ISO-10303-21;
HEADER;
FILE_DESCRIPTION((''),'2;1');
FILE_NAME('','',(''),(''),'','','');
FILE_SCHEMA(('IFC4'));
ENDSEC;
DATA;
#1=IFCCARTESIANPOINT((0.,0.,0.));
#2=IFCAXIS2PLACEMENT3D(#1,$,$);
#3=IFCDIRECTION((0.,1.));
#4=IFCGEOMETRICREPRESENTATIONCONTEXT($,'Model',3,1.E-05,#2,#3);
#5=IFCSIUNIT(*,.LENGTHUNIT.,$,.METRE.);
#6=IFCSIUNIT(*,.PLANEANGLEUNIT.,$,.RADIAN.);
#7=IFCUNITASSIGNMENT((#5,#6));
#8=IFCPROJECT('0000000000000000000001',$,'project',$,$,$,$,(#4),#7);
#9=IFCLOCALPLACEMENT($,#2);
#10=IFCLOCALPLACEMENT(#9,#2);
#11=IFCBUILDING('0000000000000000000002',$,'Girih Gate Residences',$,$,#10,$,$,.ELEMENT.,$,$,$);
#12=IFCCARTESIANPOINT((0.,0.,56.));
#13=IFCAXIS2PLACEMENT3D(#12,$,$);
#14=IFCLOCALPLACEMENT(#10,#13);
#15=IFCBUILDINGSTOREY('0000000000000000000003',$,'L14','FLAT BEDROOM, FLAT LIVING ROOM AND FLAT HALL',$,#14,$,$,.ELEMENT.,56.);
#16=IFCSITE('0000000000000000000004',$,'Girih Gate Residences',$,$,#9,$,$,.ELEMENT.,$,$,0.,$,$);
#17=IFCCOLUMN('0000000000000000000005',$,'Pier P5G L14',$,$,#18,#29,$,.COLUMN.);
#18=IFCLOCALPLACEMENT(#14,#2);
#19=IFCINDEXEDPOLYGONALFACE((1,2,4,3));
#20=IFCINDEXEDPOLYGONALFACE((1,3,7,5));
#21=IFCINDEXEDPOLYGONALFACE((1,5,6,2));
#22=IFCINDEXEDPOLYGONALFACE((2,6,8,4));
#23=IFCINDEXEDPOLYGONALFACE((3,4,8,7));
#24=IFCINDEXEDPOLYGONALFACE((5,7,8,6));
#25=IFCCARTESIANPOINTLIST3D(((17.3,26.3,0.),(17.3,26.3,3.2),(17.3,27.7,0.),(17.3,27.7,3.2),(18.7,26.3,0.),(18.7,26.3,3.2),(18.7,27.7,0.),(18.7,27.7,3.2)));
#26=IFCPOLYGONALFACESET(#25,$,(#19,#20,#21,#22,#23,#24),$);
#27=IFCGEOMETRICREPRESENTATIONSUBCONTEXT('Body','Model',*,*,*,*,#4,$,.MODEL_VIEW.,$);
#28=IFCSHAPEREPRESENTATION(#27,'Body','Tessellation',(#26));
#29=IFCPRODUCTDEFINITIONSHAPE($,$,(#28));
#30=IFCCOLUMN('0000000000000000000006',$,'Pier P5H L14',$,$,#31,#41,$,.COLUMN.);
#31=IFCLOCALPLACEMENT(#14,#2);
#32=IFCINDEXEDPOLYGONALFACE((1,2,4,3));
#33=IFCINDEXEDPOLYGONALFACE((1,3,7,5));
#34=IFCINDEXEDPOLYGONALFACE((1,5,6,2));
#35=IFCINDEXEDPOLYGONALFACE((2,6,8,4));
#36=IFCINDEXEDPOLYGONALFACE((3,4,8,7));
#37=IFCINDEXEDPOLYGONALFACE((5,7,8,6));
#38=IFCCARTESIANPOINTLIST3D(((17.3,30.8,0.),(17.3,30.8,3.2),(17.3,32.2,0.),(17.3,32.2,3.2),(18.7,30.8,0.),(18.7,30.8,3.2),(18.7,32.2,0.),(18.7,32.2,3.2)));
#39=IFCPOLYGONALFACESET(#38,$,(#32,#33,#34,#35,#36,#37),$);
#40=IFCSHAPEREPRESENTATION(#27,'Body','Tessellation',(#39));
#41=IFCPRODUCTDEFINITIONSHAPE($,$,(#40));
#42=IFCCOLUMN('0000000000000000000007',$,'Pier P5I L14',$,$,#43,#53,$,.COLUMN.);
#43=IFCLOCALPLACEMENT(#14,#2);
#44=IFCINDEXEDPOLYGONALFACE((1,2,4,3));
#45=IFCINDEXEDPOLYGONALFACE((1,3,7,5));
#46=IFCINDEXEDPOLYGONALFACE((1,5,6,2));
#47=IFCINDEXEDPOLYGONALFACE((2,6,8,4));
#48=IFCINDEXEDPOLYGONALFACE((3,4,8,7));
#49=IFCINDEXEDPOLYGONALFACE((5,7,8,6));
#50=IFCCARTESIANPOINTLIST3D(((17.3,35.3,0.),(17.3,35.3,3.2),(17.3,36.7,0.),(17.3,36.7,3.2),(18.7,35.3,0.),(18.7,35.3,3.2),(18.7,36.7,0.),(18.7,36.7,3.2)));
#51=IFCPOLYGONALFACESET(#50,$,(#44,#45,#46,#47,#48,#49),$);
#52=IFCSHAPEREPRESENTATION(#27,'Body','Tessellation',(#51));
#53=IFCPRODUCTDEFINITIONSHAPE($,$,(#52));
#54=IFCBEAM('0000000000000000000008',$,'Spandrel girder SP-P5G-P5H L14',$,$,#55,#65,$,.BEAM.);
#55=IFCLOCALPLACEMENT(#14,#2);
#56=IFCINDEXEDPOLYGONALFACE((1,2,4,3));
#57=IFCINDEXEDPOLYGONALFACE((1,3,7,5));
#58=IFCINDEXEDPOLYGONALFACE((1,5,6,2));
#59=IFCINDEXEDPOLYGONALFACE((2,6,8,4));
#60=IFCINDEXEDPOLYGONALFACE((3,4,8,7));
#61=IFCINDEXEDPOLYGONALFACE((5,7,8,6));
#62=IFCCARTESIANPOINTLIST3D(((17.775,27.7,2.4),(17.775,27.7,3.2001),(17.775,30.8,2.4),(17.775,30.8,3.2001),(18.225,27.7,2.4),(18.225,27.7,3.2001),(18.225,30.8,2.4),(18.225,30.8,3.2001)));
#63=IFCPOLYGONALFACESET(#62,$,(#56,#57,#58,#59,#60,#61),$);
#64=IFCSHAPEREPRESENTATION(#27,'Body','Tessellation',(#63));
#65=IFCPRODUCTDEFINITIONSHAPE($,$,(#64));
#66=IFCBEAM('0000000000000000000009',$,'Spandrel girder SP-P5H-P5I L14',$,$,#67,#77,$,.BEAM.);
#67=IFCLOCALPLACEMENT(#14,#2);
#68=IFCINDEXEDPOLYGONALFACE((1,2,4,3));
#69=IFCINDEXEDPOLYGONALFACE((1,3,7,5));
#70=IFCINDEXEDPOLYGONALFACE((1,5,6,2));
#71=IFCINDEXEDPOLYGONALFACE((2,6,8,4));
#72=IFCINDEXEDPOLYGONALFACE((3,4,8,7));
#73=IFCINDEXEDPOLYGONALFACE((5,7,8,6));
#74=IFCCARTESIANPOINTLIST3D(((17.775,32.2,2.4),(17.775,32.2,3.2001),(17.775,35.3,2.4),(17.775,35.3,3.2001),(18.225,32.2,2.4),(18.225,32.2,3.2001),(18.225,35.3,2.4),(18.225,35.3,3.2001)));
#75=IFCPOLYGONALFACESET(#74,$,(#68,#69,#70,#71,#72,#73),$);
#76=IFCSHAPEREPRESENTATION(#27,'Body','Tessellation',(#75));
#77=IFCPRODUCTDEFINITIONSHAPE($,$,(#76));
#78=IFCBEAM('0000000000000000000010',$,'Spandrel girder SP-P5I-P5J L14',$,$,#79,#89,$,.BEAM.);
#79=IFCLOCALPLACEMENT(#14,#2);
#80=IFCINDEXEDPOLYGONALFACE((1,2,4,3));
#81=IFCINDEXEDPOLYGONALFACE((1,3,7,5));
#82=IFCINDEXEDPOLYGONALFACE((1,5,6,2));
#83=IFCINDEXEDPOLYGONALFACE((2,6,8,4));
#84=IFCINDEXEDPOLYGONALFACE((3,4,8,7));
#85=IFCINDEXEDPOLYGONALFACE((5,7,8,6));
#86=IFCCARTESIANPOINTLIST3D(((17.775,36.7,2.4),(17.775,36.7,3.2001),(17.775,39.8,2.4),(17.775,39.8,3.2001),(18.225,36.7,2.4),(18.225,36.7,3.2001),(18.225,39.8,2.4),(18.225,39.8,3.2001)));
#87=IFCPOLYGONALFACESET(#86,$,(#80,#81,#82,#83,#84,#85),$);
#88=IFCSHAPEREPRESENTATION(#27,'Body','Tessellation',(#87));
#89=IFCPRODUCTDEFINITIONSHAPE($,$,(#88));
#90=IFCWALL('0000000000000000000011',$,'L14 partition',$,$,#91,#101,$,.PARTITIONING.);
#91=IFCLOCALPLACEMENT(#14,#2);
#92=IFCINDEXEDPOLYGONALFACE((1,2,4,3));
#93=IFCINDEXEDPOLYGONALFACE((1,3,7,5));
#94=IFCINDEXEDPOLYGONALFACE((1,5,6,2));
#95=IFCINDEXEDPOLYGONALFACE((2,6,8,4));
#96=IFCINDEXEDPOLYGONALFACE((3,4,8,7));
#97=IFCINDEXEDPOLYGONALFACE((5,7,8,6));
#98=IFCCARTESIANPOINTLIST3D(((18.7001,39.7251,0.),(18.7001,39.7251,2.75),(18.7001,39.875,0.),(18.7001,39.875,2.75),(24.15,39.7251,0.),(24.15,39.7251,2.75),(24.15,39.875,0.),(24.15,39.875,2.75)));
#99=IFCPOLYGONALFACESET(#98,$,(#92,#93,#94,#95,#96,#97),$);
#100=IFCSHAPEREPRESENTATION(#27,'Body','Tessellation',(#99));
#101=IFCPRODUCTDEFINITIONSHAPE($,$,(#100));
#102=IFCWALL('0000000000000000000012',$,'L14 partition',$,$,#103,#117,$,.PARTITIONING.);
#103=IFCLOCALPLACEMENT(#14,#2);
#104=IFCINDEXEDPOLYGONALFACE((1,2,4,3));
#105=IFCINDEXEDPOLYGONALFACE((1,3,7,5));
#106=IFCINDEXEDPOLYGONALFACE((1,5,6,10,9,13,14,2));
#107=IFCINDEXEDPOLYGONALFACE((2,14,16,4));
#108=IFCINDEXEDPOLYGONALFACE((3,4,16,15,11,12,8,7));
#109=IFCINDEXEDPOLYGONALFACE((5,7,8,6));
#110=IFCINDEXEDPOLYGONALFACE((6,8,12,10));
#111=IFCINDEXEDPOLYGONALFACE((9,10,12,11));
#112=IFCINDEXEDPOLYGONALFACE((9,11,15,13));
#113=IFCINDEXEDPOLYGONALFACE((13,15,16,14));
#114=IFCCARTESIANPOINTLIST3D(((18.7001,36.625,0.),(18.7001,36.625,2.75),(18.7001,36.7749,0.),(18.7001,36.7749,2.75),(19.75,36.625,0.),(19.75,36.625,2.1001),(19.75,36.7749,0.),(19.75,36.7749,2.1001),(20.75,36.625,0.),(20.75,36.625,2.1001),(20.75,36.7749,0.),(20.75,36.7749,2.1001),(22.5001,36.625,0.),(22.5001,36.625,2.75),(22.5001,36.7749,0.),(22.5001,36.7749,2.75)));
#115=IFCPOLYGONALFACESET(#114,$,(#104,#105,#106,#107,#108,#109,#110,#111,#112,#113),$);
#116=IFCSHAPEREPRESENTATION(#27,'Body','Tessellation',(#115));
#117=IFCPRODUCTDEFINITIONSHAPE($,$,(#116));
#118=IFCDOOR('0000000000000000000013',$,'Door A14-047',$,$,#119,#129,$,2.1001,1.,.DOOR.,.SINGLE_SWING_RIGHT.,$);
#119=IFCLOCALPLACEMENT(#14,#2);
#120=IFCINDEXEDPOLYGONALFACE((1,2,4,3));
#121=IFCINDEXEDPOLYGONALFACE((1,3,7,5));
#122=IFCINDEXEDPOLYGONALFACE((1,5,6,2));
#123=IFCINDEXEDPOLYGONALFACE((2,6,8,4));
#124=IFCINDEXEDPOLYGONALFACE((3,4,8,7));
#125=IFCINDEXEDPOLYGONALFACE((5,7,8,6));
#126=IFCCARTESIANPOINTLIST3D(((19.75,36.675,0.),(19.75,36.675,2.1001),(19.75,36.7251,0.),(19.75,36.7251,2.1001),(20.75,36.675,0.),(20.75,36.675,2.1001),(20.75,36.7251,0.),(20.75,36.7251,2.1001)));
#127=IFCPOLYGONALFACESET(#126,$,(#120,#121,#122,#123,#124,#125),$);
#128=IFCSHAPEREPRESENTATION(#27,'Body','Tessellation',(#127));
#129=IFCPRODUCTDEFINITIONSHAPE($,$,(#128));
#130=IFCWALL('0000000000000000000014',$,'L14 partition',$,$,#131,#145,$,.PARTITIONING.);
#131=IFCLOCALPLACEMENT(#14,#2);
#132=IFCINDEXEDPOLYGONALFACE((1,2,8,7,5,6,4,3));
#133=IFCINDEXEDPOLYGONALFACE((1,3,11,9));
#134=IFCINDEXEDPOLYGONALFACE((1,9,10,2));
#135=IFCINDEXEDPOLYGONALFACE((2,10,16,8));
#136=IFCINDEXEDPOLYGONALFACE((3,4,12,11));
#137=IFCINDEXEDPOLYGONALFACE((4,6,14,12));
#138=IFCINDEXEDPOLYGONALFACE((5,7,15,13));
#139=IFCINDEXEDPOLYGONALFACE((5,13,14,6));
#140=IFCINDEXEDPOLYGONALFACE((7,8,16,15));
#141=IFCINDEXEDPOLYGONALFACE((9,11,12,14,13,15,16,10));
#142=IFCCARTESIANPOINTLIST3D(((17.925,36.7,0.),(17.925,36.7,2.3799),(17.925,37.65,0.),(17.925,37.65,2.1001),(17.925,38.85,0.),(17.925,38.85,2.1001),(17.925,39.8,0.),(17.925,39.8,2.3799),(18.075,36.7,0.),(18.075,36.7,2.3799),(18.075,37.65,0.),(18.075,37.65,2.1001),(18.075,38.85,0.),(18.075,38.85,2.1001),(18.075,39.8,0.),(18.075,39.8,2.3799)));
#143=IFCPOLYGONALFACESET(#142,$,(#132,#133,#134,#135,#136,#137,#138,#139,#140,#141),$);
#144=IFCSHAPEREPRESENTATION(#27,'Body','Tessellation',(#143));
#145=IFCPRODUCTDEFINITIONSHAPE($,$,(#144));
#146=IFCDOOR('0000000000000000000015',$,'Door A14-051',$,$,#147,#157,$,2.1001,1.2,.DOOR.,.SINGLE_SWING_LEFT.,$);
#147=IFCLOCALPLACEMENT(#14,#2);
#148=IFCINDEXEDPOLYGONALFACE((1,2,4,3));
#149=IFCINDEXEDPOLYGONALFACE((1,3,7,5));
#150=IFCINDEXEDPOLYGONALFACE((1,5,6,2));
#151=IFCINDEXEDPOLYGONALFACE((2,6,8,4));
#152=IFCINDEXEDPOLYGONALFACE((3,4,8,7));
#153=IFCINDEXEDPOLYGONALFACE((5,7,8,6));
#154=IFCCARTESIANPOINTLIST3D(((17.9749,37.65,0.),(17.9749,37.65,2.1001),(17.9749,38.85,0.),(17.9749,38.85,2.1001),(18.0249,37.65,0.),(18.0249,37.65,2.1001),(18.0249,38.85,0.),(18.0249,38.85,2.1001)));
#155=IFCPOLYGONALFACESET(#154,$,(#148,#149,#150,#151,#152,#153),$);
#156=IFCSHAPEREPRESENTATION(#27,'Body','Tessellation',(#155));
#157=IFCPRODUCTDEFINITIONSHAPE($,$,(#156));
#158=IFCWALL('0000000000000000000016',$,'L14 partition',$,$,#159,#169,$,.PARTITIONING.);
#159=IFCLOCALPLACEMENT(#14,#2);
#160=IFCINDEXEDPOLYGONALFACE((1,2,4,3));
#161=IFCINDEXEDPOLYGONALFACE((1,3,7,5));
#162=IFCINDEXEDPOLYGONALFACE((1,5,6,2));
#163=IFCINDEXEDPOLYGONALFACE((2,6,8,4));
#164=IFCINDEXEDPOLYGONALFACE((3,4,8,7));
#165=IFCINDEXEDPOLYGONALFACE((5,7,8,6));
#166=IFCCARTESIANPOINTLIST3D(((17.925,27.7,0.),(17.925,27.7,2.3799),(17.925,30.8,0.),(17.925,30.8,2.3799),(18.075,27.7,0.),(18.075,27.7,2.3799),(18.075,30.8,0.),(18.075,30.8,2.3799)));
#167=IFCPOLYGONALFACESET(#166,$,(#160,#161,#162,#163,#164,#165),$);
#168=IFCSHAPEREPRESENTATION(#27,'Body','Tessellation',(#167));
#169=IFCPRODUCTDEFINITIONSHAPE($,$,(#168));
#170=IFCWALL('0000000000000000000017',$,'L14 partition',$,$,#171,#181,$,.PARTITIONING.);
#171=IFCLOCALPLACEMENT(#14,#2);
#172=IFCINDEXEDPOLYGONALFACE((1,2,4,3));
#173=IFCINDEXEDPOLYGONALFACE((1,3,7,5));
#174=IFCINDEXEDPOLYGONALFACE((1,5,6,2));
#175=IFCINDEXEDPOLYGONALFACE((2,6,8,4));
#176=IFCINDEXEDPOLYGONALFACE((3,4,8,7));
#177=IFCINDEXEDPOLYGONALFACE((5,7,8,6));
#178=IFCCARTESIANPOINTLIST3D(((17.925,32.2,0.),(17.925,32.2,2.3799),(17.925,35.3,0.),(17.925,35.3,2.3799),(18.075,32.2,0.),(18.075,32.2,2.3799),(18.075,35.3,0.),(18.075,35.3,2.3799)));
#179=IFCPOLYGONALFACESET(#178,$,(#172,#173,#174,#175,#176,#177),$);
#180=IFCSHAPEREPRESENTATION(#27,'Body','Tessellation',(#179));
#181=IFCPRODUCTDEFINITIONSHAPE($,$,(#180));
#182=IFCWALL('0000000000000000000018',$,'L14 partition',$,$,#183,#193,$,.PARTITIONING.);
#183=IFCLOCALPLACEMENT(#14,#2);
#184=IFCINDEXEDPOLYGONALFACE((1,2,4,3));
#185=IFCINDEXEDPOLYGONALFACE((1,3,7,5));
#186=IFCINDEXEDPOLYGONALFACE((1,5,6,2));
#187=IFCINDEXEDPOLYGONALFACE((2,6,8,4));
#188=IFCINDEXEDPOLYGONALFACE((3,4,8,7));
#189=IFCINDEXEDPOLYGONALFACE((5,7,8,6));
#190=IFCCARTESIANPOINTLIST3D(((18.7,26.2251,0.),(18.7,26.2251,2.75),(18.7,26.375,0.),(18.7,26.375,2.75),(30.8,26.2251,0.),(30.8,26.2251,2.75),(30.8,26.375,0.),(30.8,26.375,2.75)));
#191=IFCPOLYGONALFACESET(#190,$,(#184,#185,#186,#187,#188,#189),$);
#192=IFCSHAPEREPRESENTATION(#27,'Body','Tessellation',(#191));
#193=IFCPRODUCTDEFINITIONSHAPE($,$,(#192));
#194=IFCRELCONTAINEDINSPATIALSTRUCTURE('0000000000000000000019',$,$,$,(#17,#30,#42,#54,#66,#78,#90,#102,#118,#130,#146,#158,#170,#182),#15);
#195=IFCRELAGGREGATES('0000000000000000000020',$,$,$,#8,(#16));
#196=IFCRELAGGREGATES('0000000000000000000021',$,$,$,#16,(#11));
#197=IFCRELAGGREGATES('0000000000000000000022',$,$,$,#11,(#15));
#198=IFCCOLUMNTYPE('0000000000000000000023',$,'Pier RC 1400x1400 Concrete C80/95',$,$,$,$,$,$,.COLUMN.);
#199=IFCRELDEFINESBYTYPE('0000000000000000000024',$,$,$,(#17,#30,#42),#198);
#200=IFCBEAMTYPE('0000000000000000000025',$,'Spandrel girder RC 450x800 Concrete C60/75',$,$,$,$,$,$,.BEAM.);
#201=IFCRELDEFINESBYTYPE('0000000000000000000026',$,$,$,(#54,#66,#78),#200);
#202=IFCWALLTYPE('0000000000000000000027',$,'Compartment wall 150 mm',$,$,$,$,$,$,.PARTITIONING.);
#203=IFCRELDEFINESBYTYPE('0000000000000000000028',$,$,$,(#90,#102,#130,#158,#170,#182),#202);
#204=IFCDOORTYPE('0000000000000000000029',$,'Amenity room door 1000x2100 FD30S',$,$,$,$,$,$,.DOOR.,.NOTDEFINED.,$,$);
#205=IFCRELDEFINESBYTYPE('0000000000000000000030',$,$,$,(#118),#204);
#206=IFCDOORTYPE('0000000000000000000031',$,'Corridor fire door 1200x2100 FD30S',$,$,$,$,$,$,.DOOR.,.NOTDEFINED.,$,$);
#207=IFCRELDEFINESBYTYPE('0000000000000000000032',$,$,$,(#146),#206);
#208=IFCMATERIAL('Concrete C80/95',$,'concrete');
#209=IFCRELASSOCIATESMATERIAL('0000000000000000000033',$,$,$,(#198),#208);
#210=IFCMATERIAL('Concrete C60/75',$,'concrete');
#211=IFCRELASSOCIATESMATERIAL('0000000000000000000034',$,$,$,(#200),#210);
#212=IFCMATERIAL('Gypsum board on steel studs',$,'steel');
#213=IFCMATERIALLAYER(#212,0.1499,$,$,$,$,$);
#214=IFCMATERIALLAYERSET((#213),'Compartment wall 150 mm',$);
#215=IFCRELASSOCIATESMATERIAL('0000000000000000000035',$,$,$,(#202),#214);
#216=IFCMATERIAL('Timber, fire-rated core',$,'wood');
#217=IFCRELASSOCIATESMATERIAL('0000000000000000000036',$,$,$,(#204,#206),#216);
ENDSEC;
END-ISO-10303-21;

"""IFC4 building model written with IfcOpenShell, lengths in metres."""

from ifc_helpers import new_model, si_unit, direction, frame, frame_2d, origin, origin_2d, place, context, subcontext, project, spatial, rectangle, extrude, material, layer, layer_set, material_profile, profile_set, type_object, element, fill, save


model = new_model("IFC4")

# Units and contexts
model_context = context("Model", 3, precision=1e-05, world=origin(), true_north=direction((0.0, 1.0)))
body_context = subcontext(model_context, "Body", "Model", "MODEL_VIEW")
ifc_project = project(units=[si_unit("LENGTHUNIT", "METRE"), si_unit("PLANEANGLEUNIT", "RADIAN")], contexts=[model_context])

# Site, building, storey
site_placement = place(None, origin())
site = spatial("IfcSite", under=ifc_project, at=site_placement, Name="Girih Gate Residences", CompositionType="ELEMENT", RefElevation=0.0)
building_placement = place(site_placement, origin())
building = spatial("IfcBuilding", under=site, at=building_placement, Name="Girih Gate Residences", CompositionType="ELEMENT")
storey_placement = place(building_placement, frame((0.0, 0.0, 56.0)))
storey = spatial("IfcBuildingStorey", under=building, at=storey_placement, Name="L14", Description="FLAT BEDROOM, FLAT LIVING ROOM AND FLAT HALL", CompositionType="ELEMENT", Elevation=56.0)

# Columns
ifc_material_1 = material(Name="Concrete C80/95", Category="concrete")
ifc_material_profile_1 = material_profile(ifc_material_1, rectangle(XDim=1.3999, YDim=1.3999, at=origin_2d()))
ifc_profile_set_1 = profile_set([ifc_material_profile_1], Name="Concrete C80/95")
column_type = type_object("IfcColumnType", Name="Pier RC 1400x1400 Concrete C80/95", PredefinedType="COLUMN", material=ifc_profile_set_1)
for number, where, z_axis, x_axis, name in (
    (1, (18.0, 27.0, 0.0), (0.0, 0.0, 1.0), (1.0, 0.0, 0.0), "Pier P5G L14"),
    (2, (18.0, 31.5, 0.0), (0.0, 0.0, 1.0), (1.0, 0.0, 0.0), "Pier P5H L14"),
    (3, (18.0, 36.0, 0.0), (0.0, 0.0, 1.0), (1.0, 0.0, 0.0), "Pier P5I L14"),
):
    element("IfcColumn", number, at=place(storey_placement, frame(where, z_axis=z_axis, x_axis=x_axis)), inside=storey, type_object=column_type, Name=name, PredefinedType="COLUMN", context=body_context, shape_type="SweptSolid", body=[
        extrude(rectangle(XDim=1.3999, YDim=1.3999, at=origin_2d()), origin(), (0.0, 0.0, 1.0), 3.2),
    ])

# Beams
ifc_material_2 = material(Name="Concrete C60/75", Category="concrete")
ifc_material_profile_2 = material_profile(ifc_material_2, rectangle(XDim=0.45, YDim=0.8, at=origin_2d()))
ifc_profile_set_2 = profile_set([ifc_material_profile_2], Name="Concrete C60/75")
beam_type = type_object("IfcBeamType", Name="Spandrel girder RC 450x800 Concrete C60/75", PredefinedType="BEAM", material=ifc_profile_set_2)
for number, where, z_axis, x_axis, name in (
    (4, (18.0, 27.7, 2.8), (0.0, 1.0, 0.0), (-1.0, 0.0, 0.0), "Spandrel girder SP-P5G-P5H L14"),
    (5, (18.0, 32.2, 2.8), (0.0, 1.0, 0.0), (-1.0, 0.0, 0.0), "Spandrel girder SP-P5H-P5I L14"),
    (6, (18.0, 36.7, 2.8), (0.0, 1.0, 0.0), (-1.0, 0.0, 0.0), "Spandrel girder SP-P5I-P5J L14"),
):
    element("IfcBeam", number, at=place(storey_placement, frame(where, z_axis=z_axis, x_axis=x_axis)), inside=storey, type_object=beam_type, Name=name, PredefinedType="BEAM", context=body_context, shape_type="SweptSolid", body=[
        extrude(rectangle(XDim=0.45, YDim=0.8, at=origin_2d()), origin(), (0.0, 0.0, 1.0), 3.1001),
    ])

# Wall
ifc_material_3 = material(Name="Gypsum board on steel studs", Category="steel")
ifc_layer_1 = layer(ifc_material_3, 0.1499)
ifc_layer_set_1 = layer_set([ifc_layer_1], Name="Compartment wall 150 mm")
wall_type_1 = type_object("IfcWallType", Name="Compartment wall 150 mm", PredefinedType="PARTITIONING", material=ifc_layer_set_1)
wall_1_placement = place(storey_placement, frame((18.7, 39.8, 0.0), z_axis=(0.0, 0.0, 1.0), x_axis=(1.0, 0.0, 0.0)))
element("IfcWall", 7, at=wall_1_placement, inside=storey, type_object=wall_type_1, Name="L14 partition", PredefinedType="PARTITIONING", context=body_context, shape_type="SweptSolid", body=[
    extrude(rectangle(XDim=5.45, YDim=0.1499, at=frame_2d((2.7251, 0.0))), origin(), (0.0, 0.0, 1.0), 2.75),
])

# Walls, openings, doors
wall_2_placement = place(storey_placement, frame((22.5, 36.7, 0.0), z_axis=(0.0, 0.0, 1.0), x_axis=(-1.0, 0.0, 0.0)))
wall_2 = element("IfcWall", 8, at=wall_2_placement, inside=storey, type_object=wall_type_1, Name="L14 partition", PredefinedType="PARTITIONING", context=body_context, shape_type="SweptSolid", body=[
    extrude(rectangle(XDim=3.8, YDim=0.1499, at=frame_2d((1.8999, 0.0))), origin(), (0.0, 0.0, 1.0), 2.75),
])
opening_1_placement = place(wall_2_placement, frame((1.75, 0.0, 0.0)))
opening_1 = element("IfcOpeningElement", 9, at=opening_1_placement, cuts=wall_2, PredefinedType="OPENING", context=body_context, shape_type="SweptSolid", body=[
    extrude(rectangle(XDim=1.0, YDim=2.1001, at=frame_2d((0.5, 1.05))), frame((0.0, 0.085, 0.0), z_axis=(0.0, -1.0, 0.0), x_axis=(1.0, 0.0, 0.0)), (0.0, 0.0, 1.0), 0.1699),
])
ifc_material_4 = material(Name="Timber, fire-rated core", Category="wood")
door_type_1 = type_object("IfcDoorType", Name="Amenity room door 1000x2100 FD30S", OperationType="NOTDEFINED", PredefinedType="DOOR", material=ifc_material_4)
door_1_placement = place(opening_1_placement, origin())
door_1 = element("IfcDoor", 10, at=door_1_placement, inside=storey, type_object=door_type_1, Name="Door A14-047", OperationType="SINGLE_SWING_RIGHT", OverallHeight=2.1001, OverallWidth=1.0, PredefinedType="DOOR", context=body_context, shape_type="SweptSolid", body=[
    extrude(rectangle(XDim=1.0, YDim=2.1001, at=frame_2d((0.5, 1.05))), frame((0.0, 0.0249, 0.0), z_axis=(0.0, -1.0, 0.0), x_axis=(1.0, 0.0, 0.0)), (0.0, 0.0, 1.0), 0.05),
])
fill(opening_1, door_1)
wall_3_placement = place(storey_placement, frame((18.0, 39.8, 0.0), z_axis=(0.0, 0.0, 1.0), x_axis=(0.0, -1.0, 0.0)))
wall_3 = element("IfcWall", 11, at=wall_3_placement, inside=storey, type_object=wall_type_1, Name="L14 partition", PredefinedType="PARTITIONING", context=body_context, shape_type="SweptSolid", body=[
    extrude(rectangle(XDim=3.1001, YDim=0.1499, at=frame_2d((1.55, 0.0))), origin(), (0.0, 0.0, 1.0), 2.3799),
])
opening_2_placement = place(wall_3_placement, frame((0.95, 0.0, 0.0)))
opening_2 = element("IfcOpeningElement", 12, at=opening_2_placement, cuts=wall_3, PredefinedType="OPENING", context=body_context, shape_type="SweptSolid", body=[
    extrude(rectangle(XDim=1.2, YDim=2.1001, at=frame_2d((0.6001, 1.05))), frame((0.0, 0.085, 0.0), z_axis=(0.0, -1.0, 0.0), x_axis=(1.0, 0.0, 0.0)), (0.0, 0.0, 1.0), 0.1699),
])
door_type_2 = type_object("IfcDoorType", Name="Corridor fire door 1200x2100 FD30S", OperationType="NOTDEFINED", PredefinedType="DOOR", material=ifc_material_4)
door_2_placement = place(opening_2_placement, origin())
door_2 = element("IfcDoor", 13, at=door_2_placement, inside=storey, type_object=door_type_2, Name="Door A14-051", OperationType="SINGLE_SWING_LEFT", OverallHeight=2.1001, OverallWidth=1.2, PredefinedType="DOOR", context=body_context, shape_type="SweptSolid", body=[
    extrude(rectangle(XDim=1.2, YDim=2.1001, at=frame_2d((0.6001, 1.05))), frame((0.0, 0.0249, 0.0), z_axis=(0.0, -1.0, 0.0), x_axis=(1.0, 0.0, 0.0)), (0.0, 0.0, 1.0), 0.05),
])
fill(opening_2, door_2)

# Walls
for number, where, z_axis, x_axis, name in (
    (14, (18.0, 27.7, 0.0), (0.0, 0.0, 1.0), (0.0, 1.0, 0.0), "L14 partition"),
    (15, (18.0, 32.2, 0.0), (0.0, 0.0, 1.0), (0.0, 1.0, 0.0), "L14 partition"),
):
    element("IfcWall", number, at=place(storey_placement, frame(where, z_axis=z_axis, x_axis=x_axis)), inside=storey, type_object=wall_type_1, Name=name, PredefinedType="PARTITIONING", context=body_context, shape_type="SweptSolid", body=[
        extrude(rectangle(XDim=3.1001, YDim=0.1499, at=frame_2d((1.55, 0.0))), origin(), (0.0, 0.0, 1.0), 2.3799),
    ])
wall_4_placement = place(storey_placement, frame((18.7, 26.3, 0.0), z_axis=(0.0, 0.0, 1.0), x_axis=(1.0, 0.0, 0.0)))
element("IfcWall", 16, at=wall_4_placement, inside=storey, type_object=wall_type_1, Name="L14 partition", PredefinedType="PARTITIONING", context=body_context, shape_type="SweptSolid", body=[
    extrude(rectangle(XDim=12.1001, YDim=0.1499, at=frame_2d((6.05, 0.0))), origin(), (0.0, 0.0, 1.0), 2.75),
])

save(model, "model.ifc")
